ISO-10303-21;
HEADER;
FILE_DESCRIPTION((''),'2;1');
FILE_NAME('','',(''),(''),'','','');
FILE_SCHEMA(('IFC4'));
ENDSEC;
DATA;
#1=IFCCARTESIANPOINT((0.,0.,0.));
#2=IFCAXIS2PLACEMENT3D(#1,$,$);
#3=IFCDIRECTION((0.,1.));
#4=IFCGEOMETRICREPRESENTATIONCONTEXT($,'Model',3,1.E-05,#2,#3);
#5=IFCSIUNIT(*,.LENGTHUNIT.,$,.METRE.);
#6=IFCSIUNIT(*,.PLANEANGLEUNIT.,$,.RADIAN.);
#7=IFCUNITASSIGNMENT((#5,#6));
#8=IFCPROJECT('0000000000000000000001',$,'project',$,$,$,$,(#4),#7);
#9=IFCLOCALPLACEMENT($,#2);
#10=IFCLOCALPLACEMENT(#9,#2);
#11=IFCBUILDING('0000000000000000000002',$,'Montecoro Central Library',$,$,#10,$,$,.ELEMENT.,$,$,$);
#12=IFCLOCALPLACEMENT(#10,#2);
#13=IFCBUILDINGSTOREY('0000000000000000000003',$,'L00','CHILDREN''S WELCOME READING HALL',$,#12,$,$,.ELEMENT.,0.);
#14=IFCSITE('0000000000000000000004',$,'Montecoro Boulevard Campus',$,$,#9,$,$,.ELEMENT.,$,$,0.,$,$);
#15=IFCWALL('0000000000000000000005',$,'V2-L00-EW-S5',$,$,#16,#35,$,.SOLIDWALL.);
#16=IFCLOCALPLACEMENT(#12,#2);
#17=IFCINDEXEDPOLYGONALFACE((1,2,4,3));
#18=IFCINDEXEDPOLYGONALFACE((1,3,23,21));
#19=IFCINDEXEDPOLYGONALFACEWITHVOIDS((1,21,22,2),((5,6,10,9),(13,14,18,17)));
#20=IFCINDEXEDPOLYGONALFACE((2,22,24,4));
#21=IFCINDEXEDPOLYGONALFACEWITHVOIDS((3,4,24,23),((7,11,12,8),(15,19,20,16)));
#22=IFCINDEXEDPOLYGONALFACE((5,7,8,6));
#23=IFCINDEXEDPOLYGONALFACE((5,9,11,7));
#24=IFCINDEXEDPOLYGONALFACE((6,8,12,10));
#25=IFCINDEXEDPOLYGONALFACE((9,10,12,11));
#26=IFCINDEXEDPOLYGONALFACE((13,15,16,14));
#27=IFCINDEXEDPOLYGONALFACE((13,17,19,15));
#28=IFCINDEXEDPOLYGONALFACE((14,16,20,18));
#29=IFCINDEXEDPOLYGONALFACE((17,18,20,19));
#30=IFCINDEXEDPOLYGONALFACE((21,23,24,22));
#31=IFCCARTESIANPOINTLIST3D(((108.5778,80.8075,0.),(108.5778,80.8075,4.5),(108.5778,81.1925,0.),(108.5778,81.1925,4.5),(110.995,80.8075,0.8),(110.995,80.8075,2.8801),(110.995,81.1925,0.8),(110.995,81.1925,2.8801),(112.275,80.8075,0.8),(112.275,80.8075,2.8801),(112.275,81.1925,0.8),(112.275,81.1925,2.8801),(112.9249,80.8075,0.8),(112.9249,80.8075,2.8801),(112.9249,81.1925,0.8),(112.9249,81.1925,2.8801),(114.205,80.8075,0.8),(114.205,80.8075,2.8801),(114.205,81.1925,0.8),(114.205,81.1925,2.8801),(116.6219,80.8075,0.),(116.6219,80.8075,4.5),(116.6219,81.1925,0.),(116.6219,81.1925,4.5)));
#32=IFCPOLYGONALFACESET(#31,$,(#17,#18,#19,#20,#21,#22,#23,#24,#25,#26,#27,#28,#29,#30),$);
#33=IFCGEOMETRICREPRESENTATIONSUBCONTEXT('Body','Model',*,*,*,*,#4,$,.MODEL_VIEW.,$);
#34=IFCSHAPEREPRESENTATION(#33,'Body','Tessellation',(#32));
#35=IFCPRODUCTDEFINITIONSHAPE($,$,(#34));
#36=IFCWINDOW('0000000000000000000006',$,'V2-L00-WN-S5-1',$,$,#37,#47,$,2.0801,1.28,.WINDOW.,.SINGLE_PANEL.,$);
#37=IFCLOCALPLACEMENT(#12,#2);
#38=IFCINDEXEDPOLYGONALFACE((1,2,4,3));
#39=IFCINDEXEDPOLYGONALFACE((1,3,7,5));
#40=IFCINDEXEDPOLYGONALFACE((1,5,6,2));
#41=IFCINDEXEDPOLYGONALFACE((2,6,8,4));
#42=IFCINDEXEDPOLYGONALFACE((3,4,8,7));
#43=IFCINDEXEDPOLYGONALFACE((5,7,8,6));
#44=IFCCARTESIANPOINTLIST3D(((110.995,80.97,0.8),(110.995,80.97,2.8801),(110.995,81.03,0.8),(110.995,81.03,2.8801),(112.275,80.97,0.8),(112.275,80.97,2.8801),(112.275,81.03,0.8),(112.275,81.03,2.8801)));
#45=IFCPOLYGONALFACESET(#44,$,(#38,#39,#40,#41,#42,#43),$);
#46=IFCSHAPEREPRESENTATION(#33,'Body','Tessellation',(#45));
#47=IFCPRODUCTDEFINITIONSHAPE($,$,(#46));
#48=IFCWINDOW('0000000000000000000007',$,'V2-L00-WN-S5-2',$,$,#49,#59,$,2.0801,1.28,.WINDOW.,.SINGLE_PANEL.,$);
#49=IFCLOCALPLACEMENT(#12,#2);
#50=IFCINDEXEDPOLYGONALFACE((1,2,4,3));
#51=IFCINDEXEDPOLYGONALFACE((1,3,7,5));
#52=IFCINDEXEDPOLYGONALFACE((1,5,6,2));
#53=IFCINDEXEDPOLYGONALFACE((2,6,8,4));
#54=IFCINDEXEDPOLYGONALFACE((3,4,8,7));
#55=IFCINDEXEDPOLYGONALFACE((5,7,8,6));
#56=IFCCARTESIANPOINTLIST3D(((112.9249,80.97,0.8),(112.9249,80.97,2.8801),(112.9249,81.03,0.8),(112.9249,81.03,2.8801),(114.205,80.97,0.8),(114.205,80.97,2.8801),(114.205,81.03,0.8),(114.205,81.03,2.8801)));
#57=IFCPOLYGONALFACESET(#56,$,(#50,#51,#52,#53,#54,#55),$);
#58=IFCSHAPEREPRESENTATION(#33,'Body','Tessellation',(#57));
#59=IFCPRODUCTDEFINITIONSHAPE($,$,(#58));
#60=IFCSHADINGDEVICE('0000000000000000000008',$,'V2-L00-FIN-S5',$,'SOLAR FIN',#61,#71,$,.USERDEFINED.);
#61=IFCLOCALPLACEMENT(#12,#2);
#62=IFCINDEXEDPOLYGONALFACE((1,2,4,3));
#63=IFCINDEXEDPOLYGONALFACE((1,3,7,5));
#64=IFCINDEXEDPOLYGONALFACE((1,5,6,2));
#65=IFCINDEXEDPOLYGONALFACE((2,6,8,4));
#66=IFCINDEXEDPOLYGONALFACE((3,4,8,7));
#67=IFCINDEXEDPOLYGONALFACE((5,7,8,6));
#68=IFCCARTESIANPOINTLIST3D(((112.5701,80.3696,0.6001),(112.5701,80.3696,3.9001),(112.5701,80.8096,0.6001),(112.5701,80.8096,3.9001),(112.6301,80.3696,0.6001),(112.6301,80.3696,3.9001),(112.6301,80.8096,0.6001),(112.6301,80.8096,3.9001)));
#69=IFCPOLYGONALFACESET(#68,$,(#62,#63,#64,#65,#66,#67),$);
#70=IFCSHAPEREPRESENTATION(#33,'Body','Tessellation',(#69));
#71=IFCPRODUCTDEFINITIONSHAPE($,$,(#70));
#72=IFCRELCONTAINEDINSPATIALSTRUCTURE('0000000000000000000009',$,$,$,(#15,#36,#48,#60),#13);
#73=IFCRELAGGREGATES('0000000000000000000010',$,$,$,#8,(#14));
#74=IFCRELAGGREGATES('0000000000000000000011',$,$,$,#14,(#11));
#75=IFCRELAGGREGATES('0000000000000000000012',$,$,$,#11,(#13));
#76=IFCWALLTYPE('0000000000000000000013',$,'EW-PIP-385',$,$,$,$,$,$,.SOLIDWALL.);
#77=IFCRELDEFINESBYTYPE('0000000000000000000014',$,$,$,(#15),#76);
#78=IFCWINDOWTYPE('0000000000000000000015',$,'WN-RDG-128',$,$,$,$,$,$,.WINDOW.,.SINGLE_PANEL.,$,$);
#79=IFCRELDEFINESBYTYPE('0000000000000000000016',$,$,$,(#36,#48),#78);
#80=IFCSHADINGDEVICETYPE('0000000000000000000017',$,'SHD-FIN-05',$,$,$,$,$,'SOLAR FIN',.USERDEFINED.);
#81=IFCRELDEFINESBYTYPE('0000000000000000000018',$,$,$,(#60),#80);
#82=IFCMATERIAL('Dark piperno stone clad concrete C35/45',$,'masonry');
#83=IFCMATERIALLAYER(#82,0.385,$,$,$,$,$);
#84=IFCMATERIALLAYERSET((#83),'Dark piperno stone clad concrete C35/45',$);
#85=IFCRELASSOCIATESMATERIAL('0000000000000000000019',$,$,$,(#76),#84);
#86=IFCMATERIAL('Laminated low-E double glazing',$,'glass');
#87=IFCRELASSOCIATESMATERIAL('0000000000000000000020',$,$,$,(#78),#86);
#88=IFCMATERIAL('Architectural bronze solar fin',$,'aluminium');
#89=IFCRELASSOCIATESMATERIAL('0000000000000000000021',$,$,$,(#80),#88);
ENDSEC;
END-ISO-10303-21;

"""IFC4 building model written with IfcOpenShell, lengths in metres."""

from ifc_helpers import new_model, si_unit, direction, frame, frame_2d, origin, origin_2d, place, context, subcontext, project, spatial, rectangle, extrude, material, layer, layer_set, type_object, element, fill, save


model = new_model("IFC4")

# Units and contexts
model_context = context("Model", 3, precision=1e-05, world=origin(), true_north=direction((0.0, 1.0)))
body_context = subcontext(model_context, "Body", "Model", "MODEL_VIEW")
ifc_project = project(units=[si_unit("LENGTHUNIT", "METRE"), si_unit("PLANEANGLEUNIT", "RADIAN")], contexts=[model_context])

# Site, building, storey
site_placement = place(None, origin())
site = spatial("IfcSite", under=ifc_project, at=site_placement, Name="Montecoro Boulevard Campus", CompositionType="ELEMENT", RefElevation=0.0)
building_placement = place(site_placement, origin())
building = spatial("IfcBuilding", under=site, at=building_placement, Name="Montecoro Central Library", CompositionType="ELEMENT")
storey_placement = place(building_placement, origin())
storey = spatial("IfcBuildingStorey", under=building, at=storey_placement, Name="L00", Description="CHILDREN'S WELCOME READING HALL", CompositionType="ELEMENT", Elevation=0.0)

# Wall, openings, windows
ifc_material_1 = material(Name="Dark piperno stone clad concrete C35/45", Category="masonry")
ifc_layer_1 = layer(ifc_material_1, 0.385)
ifc_layer_set_1 = layer_set([ifc_layer_1], Name="Dark piperno stone clad concrete C35/45")
wall_type = type_object("IfcWallType", Name="EW-PIP-385", PredefinedType="SOLIDWALL", material=ifc_layer_set_1)
wall_placement = place(storey_placement, frame((108.5779, 81.0, 0.0), z_axis=(0.0, 0.0, 1.0), x_axis=(1.0, 0.0, 0.0)))
wall = element("IfcWall", 1, at=wall_placement, inside=storey, type_object=wall_type, Name="V2-L00-EW-S5", PredefinedType="SOLIDWALL", context=body_context, shape_type="SweptSolid", body=[
    extrude(rectangle(XDim=8.0442, YDim=0.385, at=frame_2d((4.022, 0.0))), origin(), (0.0, 0.0, 1.0), 4.5),
])
opening_1_placement = place(wall_placement, frame((2.417, 0.0, 0.8)))
opening_1 = element("IfcOpeningElement", 2, at=opening_1_placement, cuts=wall, PredefinedType="OPENING", context=body_context, shape_type="SweptSolid", body=[
    extrude(rectangle(XDim=1.28, YDim=2.0801, at=frame_2d((0.6401, 1.04))), frame((0.0, 0.2024, 0.0), z_axis=(0.0, -1.0, 0.0), x_axis=(1.0, 0.0, 0.0)), (0.0, 0.0, 1.0), 0.405),
])
opening_2_placement = place(wall_placement, frame((4.3469, 0.0, 0.8)))
opening_2 = element("IfcOpeningElement", 3, at=opening_2_placement, cuts=wall, PredefinedType="OPENING", context=body_context, shape_type="SweptSolid", body=[
    extrude(rectangle(XDim=1.28, YDim=2.0801, at=frame_2d((0.6401, 1.04))), frame((0.0, 0.2024, 0.0), z_axis=(0.0, -1.0, 0.0), x_axis=(1.0, 0.0, 0.0)), (0.0, 0.0, 1.0), 0.405),
])
ifc_material_2 = material(Name="Laminated low-E double glazing", Category="glass")
window_type = type_object("IfcWindowType", Name="WN-RDG-128", PartitioningType="SINGLE_PANEL", PredefinedType="WINDOW", material=ifc_material_2)
window_1_placement = place(opening_1_placement, origin())
window_1 = element("IfcWindow", 4, at=window_1_placement, inside=storey, type_object=window_type, Name="V2-L00-WN-S5-1", OverallHeight=2.0801, OverallWidth=1.28, PartitioningType="SINGLE_PANEL", PredefinedType="WINDOW", context=body_context, shape_type="SweptSolid", body=[
    extrude(rectangle(XDim=1.28, YDim=2.0801, at=frame_2d((0.6401, 1.04))), frame((0.0, 0.03, 0.0), z_axis=(0.0, -1.0, 0.0), x_axis=(1.0, 0.0, 0.0)), (0.0, 0.0, 1.0), 0.0601),
])
fill(opening_1, window_1)
window_2_placement = place(opening_2_placement, origin())
window_2 = element("IfcWindow", 5, at=window_2_placement, inside=storey, type_object=window_type, Name="V2-L00-WN-S5-2", OverallHeight=2.0801, OverallWidth=1.28, PartitioningType="SINGLE_PANEL", PredefinedType="WINDOW", context=body_context, shape_type="SweptSolid", body=[
    extrude(rectangle(XDim=1.28, YDim=2.0801, at=frame_2d((0.6401, 1.04))), frame((0.0, 0.03, 0.0), z_axis=(0.0, -1.0, 0.0), x_axis=(1.0, 0.0, 0.0)), (0.0, 0.0, 1.0), 0.0601),
])
fill(opening_2, window_2)

# Shading device
ifc_material_3 = material(Name="Architectural bronze solar fin", Category="aluminium")
shading_device_type = type_object("IfcShadingDeviceType", Name="SHD-FIN-05", ElementType="SOLAR FIN", PredefinedType="USERDEFINED", material=ifc_material_3)
shading_device_placement = place(storey_placement, frame((112.6001, 80.5896, 0.6001), z_axis=(0.0, 0.0, 1.0), x_axis=(1.0, 0.0, 0.0)))
element("IfcShadingDevice", 6, at=shading_device_placement, inside=storey, type_object=shading_device_type, Name="V2-L00-FIN-S5", ObjectType="SOLAR FIN", PredefinedType="USERDEFINED", context=body_context, shape_type="SweptSolid", body=[
    extrude(rectangle(XDim=0.0601, YDim=0.4399, at=origin_2d()), origin(), (0.0, 0.0, 1.0), 3.3),
])

save(model, "model.ifc")
